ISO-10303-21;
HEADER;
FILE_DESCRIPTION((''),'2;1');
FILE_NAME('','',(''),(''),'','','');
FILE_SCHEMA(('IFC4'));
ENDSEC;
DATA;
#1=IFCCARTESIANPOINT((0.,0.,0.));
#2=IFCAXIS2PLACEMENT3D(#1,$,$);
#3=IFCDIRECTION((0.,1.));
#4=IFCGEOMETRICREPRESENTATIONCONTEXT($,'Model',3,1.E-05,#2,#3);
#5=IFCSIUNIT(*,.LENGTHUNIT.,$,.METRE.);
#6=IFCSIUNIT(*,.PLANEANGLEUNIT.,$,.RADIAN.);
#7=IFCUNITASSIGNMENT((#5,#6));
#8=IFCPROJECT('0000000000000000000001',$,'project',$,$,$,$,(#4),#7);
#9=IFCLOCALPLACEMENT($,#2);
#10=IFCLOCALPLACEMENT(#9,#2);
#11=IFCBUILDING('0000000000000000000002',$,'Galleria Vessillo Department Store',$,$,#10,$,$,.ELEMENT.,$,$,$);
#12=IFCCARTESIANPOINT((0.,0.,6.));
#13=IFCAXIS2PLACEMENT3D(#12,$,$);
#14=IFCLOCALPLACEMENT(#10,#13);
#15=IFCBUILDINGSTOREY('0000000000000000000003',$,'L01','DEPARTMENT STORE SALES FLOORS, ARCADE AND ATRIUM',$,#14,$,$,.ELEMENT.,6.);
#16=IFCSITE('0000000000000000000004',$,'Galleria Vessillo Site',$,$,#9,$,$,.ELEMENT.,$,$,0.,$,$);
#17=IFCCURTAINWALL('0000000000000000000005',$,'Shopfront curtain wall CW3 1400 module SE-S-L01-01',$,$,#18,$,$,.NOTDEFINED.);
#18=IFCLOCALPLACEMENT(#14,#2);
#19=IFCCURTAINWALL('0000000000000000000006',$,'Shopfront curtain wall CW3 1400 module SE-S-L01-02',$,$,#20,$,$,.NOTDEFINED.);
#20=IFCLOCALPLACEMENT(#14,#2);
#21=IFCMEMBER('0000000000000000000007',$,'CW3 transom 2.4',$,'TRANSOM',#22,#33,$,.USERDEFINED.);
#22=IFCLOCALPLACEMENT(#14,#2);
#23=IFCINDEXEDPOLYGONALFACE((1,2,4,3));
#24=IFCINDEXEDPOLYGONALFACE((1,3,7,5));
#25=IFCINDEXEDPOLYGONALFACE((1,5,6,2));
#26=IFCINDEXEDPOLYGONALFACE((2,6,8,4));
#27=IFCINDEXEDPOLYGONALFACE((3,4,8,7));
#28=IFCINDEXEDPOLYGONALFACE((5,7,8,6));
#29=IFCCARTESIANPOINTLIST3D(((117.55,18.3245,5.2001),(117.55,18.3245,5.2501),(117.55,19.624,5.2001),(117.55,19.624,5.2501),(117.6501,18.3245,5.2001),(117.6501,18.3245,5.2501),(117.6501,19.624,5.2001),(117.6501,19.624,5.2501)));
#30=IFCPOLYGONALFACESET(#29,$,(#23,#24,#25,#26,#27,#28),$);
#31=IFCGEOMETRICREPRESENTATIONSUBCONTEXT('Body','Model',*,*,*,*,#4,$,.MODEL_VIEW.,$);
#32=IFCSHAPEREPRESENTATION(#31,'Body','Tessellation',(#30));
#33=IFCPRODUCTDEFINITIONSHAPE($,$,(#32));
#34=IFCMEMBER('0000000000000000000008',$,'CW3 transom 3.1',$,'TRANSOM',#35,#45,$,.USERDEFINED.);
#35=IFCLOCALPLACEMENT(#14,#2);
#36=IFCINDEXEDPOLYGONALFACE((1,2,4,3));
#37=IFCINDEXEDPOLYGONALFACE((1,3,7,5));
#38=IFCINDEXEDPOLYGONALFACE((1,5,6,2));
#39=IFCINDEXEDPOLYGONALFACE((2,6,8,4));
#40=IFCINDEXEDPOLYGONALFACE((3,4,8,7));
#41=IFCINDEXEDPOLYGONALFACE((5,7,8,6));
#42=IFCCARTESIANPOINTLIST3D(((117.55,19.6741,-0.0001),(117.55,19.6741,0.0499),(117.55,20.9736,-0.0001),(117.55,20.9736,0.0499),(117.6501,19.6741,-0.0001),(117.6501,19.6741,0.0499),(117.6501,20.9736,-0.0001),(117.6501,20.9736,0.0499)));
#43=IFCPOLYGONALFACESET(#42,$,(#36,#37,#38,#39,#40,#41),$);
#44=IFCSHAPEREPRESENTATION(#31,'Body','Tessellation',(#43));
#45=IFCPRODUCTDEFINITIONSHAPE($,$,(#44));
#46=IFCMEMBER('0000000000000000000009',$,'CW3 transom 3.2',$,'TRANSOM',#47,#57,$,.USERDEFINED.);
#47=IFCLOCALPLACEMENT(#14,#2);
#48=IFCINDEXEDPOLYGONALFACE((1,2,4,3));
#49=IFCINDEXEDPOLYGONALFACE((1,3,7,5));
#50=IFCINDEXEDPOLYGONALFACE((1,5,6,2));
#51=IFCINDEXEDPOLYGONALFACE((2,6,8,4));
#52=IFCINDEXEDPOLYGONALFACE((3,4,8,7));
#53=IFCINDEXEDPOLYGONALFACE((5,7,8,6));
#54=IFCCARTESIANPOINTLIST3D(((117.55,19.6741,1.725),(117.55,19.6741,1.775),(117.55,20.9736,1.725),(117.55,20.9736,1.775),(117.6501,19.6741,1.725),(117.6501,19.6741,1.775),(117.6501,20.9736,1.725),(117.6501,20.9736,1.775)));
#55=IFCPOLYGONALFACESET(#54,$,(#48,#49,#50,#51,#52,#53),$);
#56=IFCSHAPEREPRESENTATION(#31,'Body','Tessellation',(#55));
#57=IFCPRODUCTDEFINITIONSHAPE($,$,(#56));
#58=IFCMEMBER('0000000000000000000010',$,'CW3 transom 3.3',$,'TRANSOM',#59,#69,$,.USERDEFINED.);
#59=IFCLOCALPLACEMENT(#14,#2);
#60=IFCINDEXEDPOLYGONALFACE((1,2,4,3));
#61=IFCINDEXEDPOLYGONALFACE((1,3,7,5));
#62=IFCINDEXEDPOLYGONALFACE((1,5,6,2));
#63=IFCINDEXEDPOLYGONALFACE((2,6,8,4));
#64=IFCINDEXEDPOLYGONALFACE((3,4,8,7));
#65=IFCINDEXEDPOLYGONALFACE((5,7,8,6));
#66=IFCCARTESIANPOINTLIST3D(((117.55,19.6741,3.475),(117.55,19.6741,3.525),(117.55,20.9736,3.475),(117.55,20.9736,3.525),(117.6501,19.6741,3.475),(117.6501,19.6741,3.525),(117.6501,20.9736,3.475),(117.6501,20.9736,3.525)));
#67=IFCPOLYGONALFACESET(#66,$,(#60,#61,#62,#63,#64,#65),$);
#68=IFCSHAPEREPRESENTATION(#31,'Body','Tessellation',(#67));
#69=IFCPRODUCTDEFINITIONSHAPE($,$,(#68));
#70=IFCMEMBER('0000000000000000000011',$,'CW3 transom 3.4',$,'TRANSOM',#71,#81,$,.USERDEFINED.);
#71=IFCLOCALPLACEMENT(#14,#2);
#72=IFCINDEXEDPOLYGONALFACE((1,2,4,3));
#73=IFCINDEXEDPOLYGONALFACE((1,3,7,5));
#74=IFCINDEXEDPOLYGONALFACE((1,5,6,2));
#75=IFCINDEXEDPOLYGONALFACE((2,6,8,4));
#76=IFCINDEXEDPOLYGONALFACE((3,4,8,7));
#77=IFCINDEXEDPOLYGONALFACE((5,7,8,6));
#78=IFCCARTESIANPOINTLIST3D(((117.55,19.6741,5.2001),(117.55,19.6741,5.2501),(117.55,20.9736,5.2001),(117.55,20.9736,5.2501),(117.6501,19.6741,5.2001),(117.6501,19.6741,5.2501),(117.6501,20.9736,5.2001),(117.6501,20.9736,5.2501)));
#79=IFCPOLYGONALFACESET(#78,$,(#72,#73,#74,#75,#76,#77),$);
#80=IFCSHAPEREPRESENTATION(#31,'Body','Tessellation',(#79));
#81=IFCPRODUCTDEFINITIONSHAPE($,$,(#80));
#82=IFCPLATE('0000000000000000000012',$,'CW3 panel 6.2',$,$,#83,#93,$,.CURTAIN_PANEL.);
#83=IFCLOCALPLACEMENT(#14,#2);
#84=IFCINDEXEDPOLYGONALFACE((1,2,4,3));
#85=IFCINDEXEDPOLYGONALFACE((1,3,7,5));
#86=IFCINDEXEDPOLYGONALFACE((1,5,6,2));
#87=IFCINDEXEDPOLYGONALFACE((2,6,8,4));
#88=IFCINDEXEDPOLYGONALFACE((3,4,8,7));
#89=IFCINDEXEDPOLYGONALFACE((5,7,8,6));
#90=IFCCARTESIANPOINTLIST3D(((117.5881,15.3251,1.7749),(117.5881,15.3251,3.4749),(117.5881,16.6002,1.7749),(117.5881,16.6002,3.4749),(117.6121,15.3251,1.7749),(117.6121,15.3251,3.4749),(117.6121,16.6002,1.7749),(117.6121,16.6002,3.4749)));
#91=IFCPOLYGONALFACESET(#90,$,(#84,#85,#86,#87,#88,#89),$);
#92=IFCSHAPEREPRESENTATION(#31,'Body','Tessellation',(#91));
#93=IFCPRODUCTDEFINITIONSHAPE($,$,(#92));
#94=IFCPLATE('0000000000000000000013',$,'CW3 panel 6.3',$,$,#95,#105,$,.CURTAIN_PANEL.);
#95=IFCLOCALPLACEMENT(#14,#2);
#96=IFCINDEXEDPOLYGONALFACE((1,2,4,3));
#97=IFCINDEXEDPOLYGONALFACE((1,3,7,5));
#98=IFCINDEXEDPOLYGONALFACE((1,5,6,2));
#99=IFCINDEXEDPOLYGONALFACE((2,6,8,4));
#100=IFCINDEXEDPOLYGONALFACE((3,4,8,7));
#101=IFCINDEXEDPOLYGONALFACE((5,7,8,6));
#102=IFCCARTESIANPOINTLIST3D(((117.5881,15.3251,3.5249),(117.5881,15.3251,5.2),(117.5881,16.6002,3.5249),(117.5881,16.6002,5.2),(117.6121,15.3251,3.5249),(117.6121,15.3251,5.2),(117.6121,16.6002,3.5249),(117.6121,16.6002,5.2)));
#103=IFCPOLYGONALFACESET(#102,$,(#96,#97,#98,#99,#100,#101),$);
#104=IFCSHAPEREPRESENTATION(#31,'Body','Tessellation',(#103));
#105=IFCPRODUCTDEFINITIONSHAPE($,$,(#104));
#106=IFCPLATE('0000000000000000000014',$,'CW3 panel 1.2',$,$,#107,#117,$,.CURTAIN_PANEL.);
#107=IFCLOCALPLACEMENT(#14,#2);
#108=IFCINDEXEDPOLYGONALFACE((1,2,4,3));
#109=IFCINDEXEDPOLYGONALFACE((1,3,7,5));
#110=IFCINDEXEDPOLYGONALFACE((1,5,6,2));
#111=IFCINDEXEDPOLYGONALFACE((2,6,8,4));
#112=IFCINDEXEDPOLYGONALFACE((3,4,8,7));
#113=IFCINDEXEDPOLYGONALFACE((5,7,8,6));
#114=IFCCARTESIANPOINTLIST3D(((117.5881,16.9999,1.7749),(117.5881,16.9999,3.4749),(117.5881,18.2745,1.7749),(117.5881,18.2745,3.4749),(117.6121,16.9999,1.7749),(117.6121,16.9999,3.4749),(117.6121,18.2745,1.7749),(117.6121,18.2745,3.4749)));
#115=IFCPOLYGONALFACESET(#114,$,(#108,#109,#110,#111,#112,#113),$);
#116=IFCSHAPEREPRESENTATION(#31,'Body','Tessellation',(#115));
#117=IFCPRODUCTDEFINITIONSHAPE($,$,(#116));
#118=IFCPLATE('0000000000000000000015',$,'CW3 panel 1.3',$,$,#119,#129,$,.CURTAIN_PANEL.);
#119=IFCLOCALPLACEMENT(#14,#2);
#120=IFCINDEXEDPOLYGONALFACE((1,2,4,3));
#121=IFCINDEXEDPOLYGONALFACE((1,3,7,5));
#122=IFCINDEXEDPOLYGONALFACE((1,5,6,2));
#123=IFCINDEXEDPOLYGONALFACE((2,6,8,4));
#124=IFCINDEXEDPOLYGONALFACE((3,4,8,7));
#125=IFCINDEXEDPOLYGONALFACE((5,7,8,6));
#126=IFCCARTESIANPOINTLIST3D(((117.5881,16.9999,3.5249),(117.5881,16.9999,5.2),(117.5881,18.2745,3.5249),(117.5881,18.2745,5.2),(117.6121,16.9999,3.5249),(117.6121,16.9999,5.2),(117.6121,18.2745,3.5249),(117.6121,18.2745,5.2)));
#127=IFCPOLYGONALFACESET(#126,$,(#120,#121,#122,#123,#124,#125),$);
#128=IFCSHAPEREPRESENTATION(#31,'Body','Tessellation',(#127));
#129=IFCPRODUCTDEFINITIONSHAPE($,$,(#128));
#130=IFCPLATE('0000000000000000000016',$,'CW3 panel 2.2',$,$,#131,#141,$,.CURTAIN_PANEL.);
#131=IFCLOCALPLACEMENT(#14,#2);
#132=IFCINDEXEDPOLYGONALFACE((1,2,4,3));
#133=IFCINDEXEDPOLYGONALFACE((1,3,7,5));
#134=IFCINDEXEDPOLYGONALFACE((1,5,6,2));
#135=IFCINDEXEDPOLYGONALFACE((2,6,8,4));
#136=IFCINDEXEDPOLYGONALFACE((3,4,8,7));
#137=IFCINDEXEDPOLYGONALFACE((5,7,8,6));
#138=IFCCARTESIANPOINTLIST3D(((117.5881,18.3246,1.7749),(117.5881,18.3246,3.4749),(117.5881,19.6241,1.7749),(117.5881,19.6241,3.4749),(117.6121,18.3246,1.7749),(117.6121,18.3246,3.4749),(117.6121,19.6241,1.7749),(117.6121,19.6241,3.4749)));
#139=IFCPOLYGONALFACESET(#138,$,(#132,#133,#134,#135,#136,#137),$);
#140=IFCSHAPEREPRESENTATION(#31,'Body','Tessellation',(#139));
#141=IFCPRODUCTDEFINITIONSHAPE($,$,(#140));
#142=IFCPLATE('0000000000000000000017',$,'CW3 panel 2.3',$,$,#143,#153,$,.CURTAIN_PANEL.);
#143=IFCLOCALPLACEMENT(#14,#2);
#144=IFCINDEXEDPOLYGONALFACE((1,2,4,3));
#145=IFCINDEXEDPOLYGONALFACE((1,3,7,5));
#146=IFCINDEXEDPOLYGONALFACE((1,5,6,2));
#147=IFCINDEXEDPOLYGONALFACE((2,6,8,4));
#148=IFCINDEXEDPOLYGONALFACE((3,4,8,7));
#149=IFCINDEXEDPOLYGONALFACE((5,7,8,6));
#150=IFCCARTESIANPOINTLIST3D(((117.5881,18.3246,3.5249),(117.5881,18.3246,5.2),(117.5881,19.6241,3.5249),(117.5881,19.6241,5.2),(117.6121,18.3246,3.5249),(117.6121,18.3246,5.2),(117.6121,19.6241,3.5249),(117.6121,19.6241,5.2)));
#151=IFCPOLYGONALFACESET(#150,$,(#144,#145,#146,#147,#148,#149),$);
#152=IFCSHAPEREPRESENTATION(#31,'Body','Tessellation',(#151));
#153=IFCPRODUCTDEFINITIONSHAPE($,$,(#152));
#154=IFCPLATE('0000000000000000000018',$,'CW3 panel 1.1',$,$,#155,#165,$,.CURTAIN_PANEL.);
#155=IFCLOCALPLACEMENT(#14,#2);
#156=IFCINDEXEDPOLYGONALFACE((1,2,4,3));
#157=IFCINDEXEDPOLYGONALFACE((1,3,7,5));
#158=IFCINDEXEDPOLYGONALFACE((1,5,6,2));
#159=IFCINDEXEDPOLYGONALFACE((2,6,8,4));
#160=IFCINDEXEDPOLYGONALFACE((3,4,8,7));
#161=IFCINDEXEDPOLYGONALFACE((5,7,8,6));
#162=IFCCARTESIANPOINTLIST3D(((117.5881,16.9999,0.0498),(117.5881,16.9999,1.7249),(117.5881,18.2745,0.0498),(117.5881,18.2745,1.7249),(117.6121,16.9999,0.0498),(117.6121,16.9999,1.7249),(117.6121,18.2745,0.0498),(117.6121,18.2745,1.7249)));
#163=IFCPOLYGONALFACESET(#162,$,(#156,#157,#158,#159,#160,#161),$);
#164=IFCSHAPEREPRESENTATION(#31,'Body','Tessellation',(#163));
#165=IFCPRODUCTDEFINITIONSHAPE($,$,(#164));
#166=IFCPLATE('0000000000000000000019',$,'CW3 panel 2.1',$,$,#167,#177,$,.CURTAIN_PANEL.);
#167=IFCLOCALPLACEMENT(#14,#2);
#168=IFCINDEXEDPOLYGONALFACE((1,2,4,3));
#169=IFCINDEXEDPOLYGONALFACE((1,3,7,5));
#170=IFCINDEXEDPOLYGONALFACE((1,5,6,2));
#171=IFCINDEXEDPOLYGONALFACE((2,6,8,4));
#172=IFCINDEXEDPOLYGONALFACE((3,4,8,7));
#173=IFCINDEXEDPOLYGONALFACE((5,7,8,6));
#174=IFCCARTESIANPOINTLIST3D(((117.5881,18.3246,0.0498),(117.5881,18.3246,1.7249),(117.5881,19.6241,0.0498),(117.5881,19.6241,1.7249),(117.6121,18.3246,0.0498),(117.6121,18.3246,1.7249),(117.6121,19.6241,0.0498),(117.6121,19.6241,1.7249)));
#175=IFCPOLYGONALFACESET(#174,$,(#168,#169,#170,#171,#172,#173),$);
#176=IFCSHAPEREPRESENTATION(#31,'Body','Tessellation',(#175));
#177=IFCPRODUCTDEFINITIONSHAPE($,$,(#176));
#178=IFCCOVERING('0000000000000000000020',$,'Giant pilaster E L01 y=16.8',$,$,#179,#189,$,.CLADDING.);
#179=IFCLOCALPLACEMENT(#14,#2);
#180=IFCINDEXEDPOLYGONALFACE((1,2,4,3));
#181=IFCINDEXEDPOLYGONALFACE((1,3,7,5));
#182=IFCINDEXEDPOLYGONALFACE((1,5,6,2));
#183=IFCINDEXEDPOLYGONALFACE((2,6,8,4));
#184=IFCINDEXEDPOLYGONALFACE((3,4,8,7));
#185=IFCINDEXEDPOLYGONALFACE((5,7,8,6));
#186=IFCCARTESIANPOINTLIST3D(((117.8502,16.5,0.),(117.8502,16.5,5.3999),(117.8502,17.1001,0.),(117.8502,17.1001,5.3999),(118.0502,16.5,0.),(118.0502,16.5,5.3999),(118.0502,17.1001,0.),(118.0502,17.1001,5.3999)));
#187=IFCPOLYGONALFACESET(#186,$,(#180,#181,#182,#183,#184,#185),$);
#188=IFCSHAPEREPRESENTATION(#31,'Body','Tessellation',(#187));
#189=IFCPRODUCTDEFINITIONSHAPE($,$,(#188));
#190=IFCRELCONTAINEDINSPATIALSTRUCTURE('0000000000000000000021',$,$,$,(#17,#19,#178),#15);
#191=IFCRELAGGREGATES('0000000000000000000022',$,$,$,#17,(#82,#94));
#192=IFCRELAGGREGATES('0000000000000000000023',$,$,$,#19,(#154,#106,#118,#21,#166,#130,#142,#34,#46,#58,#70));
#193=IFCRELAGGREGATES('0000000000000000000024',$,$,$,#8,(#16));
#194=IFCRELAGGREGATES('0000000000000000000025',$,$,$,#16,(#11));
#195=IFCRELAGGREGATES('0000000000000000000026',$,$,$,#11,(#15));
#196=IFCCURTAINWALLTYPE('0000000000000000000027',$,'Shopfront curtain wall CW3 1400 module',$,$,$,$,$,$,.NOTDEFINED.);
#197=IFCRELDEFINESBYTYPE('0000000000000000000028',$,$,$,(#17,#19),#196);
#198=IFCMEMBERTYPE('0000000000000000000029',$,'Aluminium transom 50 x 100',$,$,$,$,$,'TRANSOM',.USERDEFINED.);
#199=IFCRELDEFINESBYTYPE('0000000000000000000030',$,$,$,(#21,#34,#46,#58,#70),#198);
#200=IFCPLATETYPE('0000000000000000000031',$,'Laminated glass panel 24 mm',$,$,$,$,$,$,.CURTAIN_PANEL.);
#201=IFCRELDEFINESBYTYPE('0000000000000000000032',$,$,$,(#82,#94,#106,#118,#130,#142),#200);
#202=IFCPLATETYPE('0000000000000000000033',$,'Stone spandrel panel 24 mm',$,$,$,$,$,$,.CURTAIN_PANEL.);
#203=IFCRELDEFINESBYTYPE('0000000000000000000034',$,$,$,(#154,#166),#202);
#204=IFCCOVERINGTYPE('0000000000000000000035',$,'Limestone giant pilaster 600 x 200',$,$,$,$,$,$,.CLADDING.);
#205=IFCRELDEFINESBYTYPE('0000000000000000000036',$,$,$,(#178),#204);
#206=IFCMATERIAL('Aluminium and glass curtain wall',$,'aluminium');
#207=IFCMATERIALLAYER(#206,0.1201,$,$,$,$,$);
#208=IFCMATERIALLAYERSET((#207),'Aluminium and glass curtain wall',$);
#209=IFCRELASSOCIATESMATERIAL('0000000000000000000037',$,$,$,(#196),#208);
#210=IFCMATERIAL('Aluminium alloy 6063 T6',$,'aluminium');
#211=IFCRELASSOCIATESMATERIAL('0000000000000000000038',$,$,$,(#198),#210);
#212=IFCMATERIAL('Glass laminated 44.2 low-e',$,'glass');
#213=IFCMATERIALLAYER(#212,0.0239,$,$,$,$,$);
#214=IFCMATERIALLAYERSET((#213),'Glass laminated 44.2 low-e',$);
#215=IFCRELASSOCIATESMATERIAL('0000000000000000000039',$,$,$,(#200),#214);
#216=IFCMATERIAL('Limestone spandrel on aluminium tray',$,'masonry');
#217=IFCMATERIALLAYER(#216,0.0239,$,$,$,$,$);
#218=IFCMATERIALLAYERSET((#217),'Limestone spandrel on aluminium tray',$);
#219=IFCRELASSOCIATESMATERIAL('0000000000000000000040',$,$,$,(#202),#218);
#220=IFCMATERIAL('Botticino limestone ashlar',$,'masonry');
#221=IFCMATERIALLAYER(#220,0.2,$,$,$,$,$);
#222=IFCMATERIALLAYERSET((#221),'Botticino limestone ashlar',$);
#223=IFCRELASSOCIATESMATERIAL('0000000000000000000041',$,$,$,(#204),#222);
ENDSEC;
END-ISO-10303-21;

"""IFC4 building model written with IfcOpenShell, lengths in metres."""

from ifc_helpers import new_model, si_unit, direction, frame, origin, origin_2d, place, context, subcontext, project, spatial, rectangle, extrude, material, layer, layer_set, material_profile, profile_set, type_object, element, aggregate, save


model = new_model("IFC4")

# Units and contexts
model_context = context("Model", 3, precision=1e-05, world=origin(), true_north=direction((0.0, 1.0)))
body_context = subcontext(model_context, "Body", "Model", "MODEL_VIEW")
ifc_project = project(units=[si_unit("LENGTHUNIT", "METRE"), si_unit("PLANEANGLEUNIT", "RADIAN")], contexts=[model_context])

# Site, building, storey
site_placement = place(None, origin())
site = spatial("IfcSite", under=ifc_project, at=site_placement, Name="Galleria Vessillo Site", CompositionType="ELEMENT", RefElevation=0.0)
building_placement = place(site_placement, origin())
building = spatial("IfcBuilding", under=site, at=building_placement, Name="Galleria Vessillo Department Store", CompositionType="ELEMENT")
storey_placement = place(building_placement, frame((0.0, 0.0, 6.0)))
storey = spatial("IfcBuildingStorey", under=building, at=storey_placement, Name="L01", Description="DEPARTMENT STORE SALES FLOORS, ARCADE AND ATRIUM", CompositionType="ELEMENT", Elevation=6.0)

# Curtain wall
ifc_material_1 = material(Name="Aluminium and glass curtain wall", Category="aluminium")
ifc_layer_1 = layer(ifc_material_1, 0.1201)
ifc_layer_set_1 = layer_set([ifc_layer_1], Name="Aluminium and glass curtain wall")
curtain_wall_type = type_object("IfcCurtainWallType", Name="Shopfront curtain wall CW3 1400 module", PredefinedType="NOTDEFINED", material=ifc_layer_set_1)
curtain_wall_1_placement = place(storey_placement, origin())
curtain_wall_1 = element("IfcCurtainWall", 1, at=curtain_wall_1_placement, inside=storey, type_object=curtain_wall_type, Name="Shopfront curtain wall CW3 1400 module SE-S-L01-01", PredefinedType="NOTDEFINED")

# Curtain wall, members
curtain_wall_2_placement = place(storey_placement, origin())
curtain_wall_2 = element("IfcCurtainWall", 2, at=curtain_wall_2_placement, inside=storey, type_object=curtain_wall_type, Name="Shopfront curtain wall CW3 1400 module SE-S-L01-02", PredefinedType="NOTDEFINED")
ifc_material_2 = material(Name="Aluminium alloy 6063 T6", Category="aluminium")
ifc_material_profile_1 = material_profile(ifc_material_2, rectangle(XDim=0.1001, YDim=0.05, at=origin_2d()), Name="AL 50x100")
ifc_profile_set_1 = profile_set([ifc_material_profile_1], Name="Aluminium alloy 6063 T6")
member_type_1 = type_object("IfcMemberType", Name="Aluminium transom 50 x 100", ElementType="TRANSOM", PredefinedType="USERDEFINED", material=ifc_profile_set_1)
member_1_placement = place(storey_placement, frame((117.6001, 18.3245, 5.2251), z_axis=(0.0, 1.0, 0.0), x_axis=(-1.0, 0.0, 0.0)))
member_1 = element("IfcMember", 3, at=member_1_placement, type_object=member_type_1, Name="CW3 transom 2.4", ObjectType="TRANSOM", PredefinedType="USERDEFINED", context=body_context, shape_type="SweptSolid", body=[
    extrude(rectangle(XDim=0.1001, YDim=0.05, at=origin_2d()), origin(), (0.0, 0.0, 1.0), 1.2996),
])
member_2_placement = place(storey_placement, frame((117.6001, 19.6741, 0.0249), z_axis=(0.0, 1.0, 0.0), x_axis=(-1.0, 0.0, 0.0)))
member_2 = element("IfcMember", 4, at=member_2_placement, type_object=member_type_1, Name="CW3 transom 3.1", ObjectType="TRANSOM", PredefinedType="USERDEFINED", context=body_context, shape_type="SweptSolid", body=[
    extrude(rectangle(XDim=0.1001, YDim=0.05, at=origin_2d()), origin(), (0.0, 0.0, 1.0), 1.2996),
])
member_3_placement = place(storey_placement, frame((117.6001, 19.6741, 1.75), z_axis=(0.0, 1.0, 0.0), x_axis=(-1.0, 0.0, 0.0)))
member_3 = element("IfcMember", 5, at=member_3_placement, type_object=member_type_1, Name="CW3 transom 3.2", ObjectType="TRANSOM", PredefinedType="USERDEFINED", context=body_context, shape_type="SweptSolid", body=[
    extrude(rectangle(XDim=0.1001, YDim=0.05, at=origin_2d()), origin(), (0.0, 0.0, 1.0), 1.2996),
])
member_4_placement = place(storey_placement, frame((117.6001, 19.6741, 3.5), z_axis=(0.0, 1.0, 0.0), x_axis=(-1.0, 0.0, 0.0)))
member_4 = element("IfcMember", 6, at=member_4_placement, type_object=member_type_1, Name="CW3 transom 3.3", ObjectType="TRANSOM", PredefinedType="USERDEFINED", context=body_context, shape_type="SweptSolid", body=[
    extrude(rectangle(XDim=0.1001, YDim=0.05, at=origin_2d()), origin(), (0.0, 0.0, 1.0), 1.2996),
])
member_5_placement = place(storey_placement, frame((117.6001, 19.6741, 5.2251), z_axis=(0.0, 1.0, 0.0), x_axis=(-1.0, 0.0, 0.0)))
member_5 = element("IfcMember", 7, at=member_5_placement, type_object=member_type_1, Name="CW3 transom 3.4", ObjectType="TRANSOM", PredefinedType="USERDEFINED", context=body_context, shape_type="SweptSolid", body=[
    extrude(rectangle(XDim=0.1001, YDim=0.05, at=origin_2d()), origin(), (0.0, 0.0, 1.0), 1.2996),
])

# Plates
ifc_material_3 = material(Name="Glass laminated 44.2 low-e", Category="glass")
ifc_layer_2 = layer(ifc_material_3, 0.0239)
ifc_layer_set_2 = layer_set([ifc_layer_2], Name="Glass laminated 44.2 low-e")
plate_type_1 = type_object("IfcPlateType", Name="Laminated glass panel 24 mm", PredefinedType="CURTAIN_PANEL", material=ifc_layer_set_2)
plate_1_placement = place(storey_placement, frame((117.6001, 15.9626, 1.7749), z_axis=(0.0, 0.0, 1.0), x_axis=(0.0, 1.0, 0.0)))
plate_1 = element("IfcPlate", 8, at=plate_1_placement, type_object=plate_type_1, Name="CW3 panel 6.2", PredefinedType="CURTAIN_PANEL", context=body_context, shape_type="SweptSolid", body=[
    extrude(rectangle(XDim=1.2751, YDim=0.0239, at=origin_2d()), origin(), (0.0, 0.0, 1.0), 1.7),
])
plate_2_placement = place(storey_placement, frame((117.6001, 15.9626, 3.5249), z_axis=(0.0, 0.0, 1.0), x_axis=(0.0, 1.0, 0.0)))
plate_2 = element("IfcPlate", 9, at=plate_2_placement, type_object=plate_type_1, Name="CW3 panel 6.3", PredefinedType="CURTAIN_PANEL", context=body_context, shape_type="SweptSolid", body=[
    extrude(rectangle(XDim=1.2751, YDim=0.0239, at=origin_2d()), origin(), (0.0, 0.0, 1.0), 1.675),
])
aggregate(curtain_wall_1, [plate_1, plate_2])
plate_3_placement = place(storey_placement, frame((117.6001, 17.6372, 1.7749), z_axis=(0.0, 0.0, 1.0), x_axis=(0.0, 1.0, 0.0)))
plate_3 = element("IfcPlate", 10, at=plate_3_placement, type_object=plate_type_1, Name="CW3 panel 1.2", PredefinedType="CURTAIN_PANEL", context=body_context, shape_type="SweptSolid", body=[
    extrude(rectangle(XDim=1.2747, YDim=0.0239, at=origin_2d()), origin(), (0.0, 0.0, 1.0), 1.7),
])
plate_4_placement = place(storey_placement, frame((117.6001, 17.6372, 3.5249), z_axis=(0.0, 0.0, 1.0), x_axis=(0.0, 1.0, 0.0)))
plate_4 = element("IfcPlate", 11, at=plate_4_placement, type_object=plate_type_1, Name="CW3 panel 1.3", PredefinedType="CURTAIN_PANEL", context=body_context, shape_type="SweptSolid", body=[
    extrude(rectangle(XDim=1.2747, YDim=0.0239, at=origin_2d()), origin(), (0.0, 0.0, 1.0), 1.675),
])
plate_5_placement = place(storey_placement, frame((117.6001, 18.9744, 1.7749), z_axis=(0.0, 0.0, 1.0), x_axis=(0.0, 1.0, 0.0)))
plate_5 = element("IfcPlate", 12, at=plate_5_placement, type_object=plate_type_1, Name="CW3 panel 2.2", PredefinedType="CURTAIN_PANEL", context=body_context, shape_type="SweptSolid", body=[
    extrude(rectangle(XDim=1.2996, YDim=0.0239, at=origin_2d()), origin(), (0.0, 0.0, 1.0), 1.7),
])
plate_6_placement = place(storey_placement, frame((117.6001, 18.9744, 3.5249), z_axis=(0.0, 0.0, 1.0), x_axis=(0.0, 1.0, 0.0)))
plate_6 = element("IfcPlate", 13, at=plate_6_placement, type_object=plate_type_1, Name="CW3 panel 2.3", PredefinedType="CURTAIN_PANEL", context=body_context, shape_type="SweptSolid", body=[
    extrude(rectangle(XDim=1.2996, YDim=0.0239, at=origin_2d()), origin(), (0.0, 0.0, 1.0), 1.675),
])
ifc_material_4 = material(Name="Limestone spandrel on aluminium tray", Category="masonry")
ifc_layer_3 = layer(ifc_material_4, 0.0239)
ifc_layer_set_3 = layer_set([ifc_layer_3], Name="Limestone spandrel on aluminium tray")
plate_type_2 = type_object("IfcPlateType", Name="Stone spandrel panel 24 mm", PredefinedType="CURTAIN_PANEL", material=ifc_layer_set_3)
plate_7_placement = place(storey_placement, frame((117.6001, 17.6372, 0.0498), z_axis=(0.0, 0.0, 1.0), x_axis=(0.0, 1.0, 0.0)))
plate_7 = element("IfcPlate", 14, at=plate_7_placement, type_object=plate_type_2, Name="CW3 panel 1.1", PredefinedType="CURTAIN_PANEL", context=body_context, shape_type="SweptSolid", body=[
    extrude(rectangle(XDim=1.2747, YDim=0.0239, at=origin_2d()), origin(), (0.0, 0.0, 1.0), 1.675),
])
plate_8_placement = place(storey_placement, frame((117.6001, 18.9744, 0.0498), z_axis=(0.0, 0.0, 1.0), x_axis=(0.0, 1.0, 0.0)))
plate_8 = element("IfcPlate", 15, at=plate_8_placement, type_object=plate_type_2, Name="CW3 panel 2.1", PredefinedType="CURTAIN_PANEL", context=body_context, shape_type="SweptSolid", body=[
    extrude(rectangle(XDim=1.2996, YDim=0.0239, at=origin_2d()), origin(), (0.0, 0.0, 1.0), 1.675),
])
aggregate(curtain_wall_2, [plate_7, plate_3, plate_4, member_1, plate_8, plate_5, plate_6, member_2, member_3, member_4, member_5])

# Covering
ifc_material_5 = material(Name="Botticino limestone ashlar", Category="masonry")
ifc_layer_4 = layer(ifc_material_5, 0.2)
ifc_layer_set_4 = layer_set([ifc_layer_4], Name="Botticino limestone ashlar")
covering_type = type_object("IfcCoveringType", Name="Limestone giant pilaster 600 x 200", PredefinedType="CLADDING", material=ifc_layer_set_4)
covering_placement = place(storey_placement, frame((117.9502, 16.8, 0.0), z_axis=(0.0, 0.0, 1.0), x_axis=(1.0, 0.0, 0.0)))
element("IfcCovering", 16, at=covering_placement, inside=storey, type_object=covering_type, Name="Giant pilaster E L01 y=16.8", PredefinedType="CLADDING", context=body_context, shape_type="SweptSolid", body=[
    extrude(rectangle(XDim=0.2, YDim=0.6001, at=origin_2d()), origin(), (0.0, 0.0, 1.0), 5.3999),
])

save(model, "model.ifc")
